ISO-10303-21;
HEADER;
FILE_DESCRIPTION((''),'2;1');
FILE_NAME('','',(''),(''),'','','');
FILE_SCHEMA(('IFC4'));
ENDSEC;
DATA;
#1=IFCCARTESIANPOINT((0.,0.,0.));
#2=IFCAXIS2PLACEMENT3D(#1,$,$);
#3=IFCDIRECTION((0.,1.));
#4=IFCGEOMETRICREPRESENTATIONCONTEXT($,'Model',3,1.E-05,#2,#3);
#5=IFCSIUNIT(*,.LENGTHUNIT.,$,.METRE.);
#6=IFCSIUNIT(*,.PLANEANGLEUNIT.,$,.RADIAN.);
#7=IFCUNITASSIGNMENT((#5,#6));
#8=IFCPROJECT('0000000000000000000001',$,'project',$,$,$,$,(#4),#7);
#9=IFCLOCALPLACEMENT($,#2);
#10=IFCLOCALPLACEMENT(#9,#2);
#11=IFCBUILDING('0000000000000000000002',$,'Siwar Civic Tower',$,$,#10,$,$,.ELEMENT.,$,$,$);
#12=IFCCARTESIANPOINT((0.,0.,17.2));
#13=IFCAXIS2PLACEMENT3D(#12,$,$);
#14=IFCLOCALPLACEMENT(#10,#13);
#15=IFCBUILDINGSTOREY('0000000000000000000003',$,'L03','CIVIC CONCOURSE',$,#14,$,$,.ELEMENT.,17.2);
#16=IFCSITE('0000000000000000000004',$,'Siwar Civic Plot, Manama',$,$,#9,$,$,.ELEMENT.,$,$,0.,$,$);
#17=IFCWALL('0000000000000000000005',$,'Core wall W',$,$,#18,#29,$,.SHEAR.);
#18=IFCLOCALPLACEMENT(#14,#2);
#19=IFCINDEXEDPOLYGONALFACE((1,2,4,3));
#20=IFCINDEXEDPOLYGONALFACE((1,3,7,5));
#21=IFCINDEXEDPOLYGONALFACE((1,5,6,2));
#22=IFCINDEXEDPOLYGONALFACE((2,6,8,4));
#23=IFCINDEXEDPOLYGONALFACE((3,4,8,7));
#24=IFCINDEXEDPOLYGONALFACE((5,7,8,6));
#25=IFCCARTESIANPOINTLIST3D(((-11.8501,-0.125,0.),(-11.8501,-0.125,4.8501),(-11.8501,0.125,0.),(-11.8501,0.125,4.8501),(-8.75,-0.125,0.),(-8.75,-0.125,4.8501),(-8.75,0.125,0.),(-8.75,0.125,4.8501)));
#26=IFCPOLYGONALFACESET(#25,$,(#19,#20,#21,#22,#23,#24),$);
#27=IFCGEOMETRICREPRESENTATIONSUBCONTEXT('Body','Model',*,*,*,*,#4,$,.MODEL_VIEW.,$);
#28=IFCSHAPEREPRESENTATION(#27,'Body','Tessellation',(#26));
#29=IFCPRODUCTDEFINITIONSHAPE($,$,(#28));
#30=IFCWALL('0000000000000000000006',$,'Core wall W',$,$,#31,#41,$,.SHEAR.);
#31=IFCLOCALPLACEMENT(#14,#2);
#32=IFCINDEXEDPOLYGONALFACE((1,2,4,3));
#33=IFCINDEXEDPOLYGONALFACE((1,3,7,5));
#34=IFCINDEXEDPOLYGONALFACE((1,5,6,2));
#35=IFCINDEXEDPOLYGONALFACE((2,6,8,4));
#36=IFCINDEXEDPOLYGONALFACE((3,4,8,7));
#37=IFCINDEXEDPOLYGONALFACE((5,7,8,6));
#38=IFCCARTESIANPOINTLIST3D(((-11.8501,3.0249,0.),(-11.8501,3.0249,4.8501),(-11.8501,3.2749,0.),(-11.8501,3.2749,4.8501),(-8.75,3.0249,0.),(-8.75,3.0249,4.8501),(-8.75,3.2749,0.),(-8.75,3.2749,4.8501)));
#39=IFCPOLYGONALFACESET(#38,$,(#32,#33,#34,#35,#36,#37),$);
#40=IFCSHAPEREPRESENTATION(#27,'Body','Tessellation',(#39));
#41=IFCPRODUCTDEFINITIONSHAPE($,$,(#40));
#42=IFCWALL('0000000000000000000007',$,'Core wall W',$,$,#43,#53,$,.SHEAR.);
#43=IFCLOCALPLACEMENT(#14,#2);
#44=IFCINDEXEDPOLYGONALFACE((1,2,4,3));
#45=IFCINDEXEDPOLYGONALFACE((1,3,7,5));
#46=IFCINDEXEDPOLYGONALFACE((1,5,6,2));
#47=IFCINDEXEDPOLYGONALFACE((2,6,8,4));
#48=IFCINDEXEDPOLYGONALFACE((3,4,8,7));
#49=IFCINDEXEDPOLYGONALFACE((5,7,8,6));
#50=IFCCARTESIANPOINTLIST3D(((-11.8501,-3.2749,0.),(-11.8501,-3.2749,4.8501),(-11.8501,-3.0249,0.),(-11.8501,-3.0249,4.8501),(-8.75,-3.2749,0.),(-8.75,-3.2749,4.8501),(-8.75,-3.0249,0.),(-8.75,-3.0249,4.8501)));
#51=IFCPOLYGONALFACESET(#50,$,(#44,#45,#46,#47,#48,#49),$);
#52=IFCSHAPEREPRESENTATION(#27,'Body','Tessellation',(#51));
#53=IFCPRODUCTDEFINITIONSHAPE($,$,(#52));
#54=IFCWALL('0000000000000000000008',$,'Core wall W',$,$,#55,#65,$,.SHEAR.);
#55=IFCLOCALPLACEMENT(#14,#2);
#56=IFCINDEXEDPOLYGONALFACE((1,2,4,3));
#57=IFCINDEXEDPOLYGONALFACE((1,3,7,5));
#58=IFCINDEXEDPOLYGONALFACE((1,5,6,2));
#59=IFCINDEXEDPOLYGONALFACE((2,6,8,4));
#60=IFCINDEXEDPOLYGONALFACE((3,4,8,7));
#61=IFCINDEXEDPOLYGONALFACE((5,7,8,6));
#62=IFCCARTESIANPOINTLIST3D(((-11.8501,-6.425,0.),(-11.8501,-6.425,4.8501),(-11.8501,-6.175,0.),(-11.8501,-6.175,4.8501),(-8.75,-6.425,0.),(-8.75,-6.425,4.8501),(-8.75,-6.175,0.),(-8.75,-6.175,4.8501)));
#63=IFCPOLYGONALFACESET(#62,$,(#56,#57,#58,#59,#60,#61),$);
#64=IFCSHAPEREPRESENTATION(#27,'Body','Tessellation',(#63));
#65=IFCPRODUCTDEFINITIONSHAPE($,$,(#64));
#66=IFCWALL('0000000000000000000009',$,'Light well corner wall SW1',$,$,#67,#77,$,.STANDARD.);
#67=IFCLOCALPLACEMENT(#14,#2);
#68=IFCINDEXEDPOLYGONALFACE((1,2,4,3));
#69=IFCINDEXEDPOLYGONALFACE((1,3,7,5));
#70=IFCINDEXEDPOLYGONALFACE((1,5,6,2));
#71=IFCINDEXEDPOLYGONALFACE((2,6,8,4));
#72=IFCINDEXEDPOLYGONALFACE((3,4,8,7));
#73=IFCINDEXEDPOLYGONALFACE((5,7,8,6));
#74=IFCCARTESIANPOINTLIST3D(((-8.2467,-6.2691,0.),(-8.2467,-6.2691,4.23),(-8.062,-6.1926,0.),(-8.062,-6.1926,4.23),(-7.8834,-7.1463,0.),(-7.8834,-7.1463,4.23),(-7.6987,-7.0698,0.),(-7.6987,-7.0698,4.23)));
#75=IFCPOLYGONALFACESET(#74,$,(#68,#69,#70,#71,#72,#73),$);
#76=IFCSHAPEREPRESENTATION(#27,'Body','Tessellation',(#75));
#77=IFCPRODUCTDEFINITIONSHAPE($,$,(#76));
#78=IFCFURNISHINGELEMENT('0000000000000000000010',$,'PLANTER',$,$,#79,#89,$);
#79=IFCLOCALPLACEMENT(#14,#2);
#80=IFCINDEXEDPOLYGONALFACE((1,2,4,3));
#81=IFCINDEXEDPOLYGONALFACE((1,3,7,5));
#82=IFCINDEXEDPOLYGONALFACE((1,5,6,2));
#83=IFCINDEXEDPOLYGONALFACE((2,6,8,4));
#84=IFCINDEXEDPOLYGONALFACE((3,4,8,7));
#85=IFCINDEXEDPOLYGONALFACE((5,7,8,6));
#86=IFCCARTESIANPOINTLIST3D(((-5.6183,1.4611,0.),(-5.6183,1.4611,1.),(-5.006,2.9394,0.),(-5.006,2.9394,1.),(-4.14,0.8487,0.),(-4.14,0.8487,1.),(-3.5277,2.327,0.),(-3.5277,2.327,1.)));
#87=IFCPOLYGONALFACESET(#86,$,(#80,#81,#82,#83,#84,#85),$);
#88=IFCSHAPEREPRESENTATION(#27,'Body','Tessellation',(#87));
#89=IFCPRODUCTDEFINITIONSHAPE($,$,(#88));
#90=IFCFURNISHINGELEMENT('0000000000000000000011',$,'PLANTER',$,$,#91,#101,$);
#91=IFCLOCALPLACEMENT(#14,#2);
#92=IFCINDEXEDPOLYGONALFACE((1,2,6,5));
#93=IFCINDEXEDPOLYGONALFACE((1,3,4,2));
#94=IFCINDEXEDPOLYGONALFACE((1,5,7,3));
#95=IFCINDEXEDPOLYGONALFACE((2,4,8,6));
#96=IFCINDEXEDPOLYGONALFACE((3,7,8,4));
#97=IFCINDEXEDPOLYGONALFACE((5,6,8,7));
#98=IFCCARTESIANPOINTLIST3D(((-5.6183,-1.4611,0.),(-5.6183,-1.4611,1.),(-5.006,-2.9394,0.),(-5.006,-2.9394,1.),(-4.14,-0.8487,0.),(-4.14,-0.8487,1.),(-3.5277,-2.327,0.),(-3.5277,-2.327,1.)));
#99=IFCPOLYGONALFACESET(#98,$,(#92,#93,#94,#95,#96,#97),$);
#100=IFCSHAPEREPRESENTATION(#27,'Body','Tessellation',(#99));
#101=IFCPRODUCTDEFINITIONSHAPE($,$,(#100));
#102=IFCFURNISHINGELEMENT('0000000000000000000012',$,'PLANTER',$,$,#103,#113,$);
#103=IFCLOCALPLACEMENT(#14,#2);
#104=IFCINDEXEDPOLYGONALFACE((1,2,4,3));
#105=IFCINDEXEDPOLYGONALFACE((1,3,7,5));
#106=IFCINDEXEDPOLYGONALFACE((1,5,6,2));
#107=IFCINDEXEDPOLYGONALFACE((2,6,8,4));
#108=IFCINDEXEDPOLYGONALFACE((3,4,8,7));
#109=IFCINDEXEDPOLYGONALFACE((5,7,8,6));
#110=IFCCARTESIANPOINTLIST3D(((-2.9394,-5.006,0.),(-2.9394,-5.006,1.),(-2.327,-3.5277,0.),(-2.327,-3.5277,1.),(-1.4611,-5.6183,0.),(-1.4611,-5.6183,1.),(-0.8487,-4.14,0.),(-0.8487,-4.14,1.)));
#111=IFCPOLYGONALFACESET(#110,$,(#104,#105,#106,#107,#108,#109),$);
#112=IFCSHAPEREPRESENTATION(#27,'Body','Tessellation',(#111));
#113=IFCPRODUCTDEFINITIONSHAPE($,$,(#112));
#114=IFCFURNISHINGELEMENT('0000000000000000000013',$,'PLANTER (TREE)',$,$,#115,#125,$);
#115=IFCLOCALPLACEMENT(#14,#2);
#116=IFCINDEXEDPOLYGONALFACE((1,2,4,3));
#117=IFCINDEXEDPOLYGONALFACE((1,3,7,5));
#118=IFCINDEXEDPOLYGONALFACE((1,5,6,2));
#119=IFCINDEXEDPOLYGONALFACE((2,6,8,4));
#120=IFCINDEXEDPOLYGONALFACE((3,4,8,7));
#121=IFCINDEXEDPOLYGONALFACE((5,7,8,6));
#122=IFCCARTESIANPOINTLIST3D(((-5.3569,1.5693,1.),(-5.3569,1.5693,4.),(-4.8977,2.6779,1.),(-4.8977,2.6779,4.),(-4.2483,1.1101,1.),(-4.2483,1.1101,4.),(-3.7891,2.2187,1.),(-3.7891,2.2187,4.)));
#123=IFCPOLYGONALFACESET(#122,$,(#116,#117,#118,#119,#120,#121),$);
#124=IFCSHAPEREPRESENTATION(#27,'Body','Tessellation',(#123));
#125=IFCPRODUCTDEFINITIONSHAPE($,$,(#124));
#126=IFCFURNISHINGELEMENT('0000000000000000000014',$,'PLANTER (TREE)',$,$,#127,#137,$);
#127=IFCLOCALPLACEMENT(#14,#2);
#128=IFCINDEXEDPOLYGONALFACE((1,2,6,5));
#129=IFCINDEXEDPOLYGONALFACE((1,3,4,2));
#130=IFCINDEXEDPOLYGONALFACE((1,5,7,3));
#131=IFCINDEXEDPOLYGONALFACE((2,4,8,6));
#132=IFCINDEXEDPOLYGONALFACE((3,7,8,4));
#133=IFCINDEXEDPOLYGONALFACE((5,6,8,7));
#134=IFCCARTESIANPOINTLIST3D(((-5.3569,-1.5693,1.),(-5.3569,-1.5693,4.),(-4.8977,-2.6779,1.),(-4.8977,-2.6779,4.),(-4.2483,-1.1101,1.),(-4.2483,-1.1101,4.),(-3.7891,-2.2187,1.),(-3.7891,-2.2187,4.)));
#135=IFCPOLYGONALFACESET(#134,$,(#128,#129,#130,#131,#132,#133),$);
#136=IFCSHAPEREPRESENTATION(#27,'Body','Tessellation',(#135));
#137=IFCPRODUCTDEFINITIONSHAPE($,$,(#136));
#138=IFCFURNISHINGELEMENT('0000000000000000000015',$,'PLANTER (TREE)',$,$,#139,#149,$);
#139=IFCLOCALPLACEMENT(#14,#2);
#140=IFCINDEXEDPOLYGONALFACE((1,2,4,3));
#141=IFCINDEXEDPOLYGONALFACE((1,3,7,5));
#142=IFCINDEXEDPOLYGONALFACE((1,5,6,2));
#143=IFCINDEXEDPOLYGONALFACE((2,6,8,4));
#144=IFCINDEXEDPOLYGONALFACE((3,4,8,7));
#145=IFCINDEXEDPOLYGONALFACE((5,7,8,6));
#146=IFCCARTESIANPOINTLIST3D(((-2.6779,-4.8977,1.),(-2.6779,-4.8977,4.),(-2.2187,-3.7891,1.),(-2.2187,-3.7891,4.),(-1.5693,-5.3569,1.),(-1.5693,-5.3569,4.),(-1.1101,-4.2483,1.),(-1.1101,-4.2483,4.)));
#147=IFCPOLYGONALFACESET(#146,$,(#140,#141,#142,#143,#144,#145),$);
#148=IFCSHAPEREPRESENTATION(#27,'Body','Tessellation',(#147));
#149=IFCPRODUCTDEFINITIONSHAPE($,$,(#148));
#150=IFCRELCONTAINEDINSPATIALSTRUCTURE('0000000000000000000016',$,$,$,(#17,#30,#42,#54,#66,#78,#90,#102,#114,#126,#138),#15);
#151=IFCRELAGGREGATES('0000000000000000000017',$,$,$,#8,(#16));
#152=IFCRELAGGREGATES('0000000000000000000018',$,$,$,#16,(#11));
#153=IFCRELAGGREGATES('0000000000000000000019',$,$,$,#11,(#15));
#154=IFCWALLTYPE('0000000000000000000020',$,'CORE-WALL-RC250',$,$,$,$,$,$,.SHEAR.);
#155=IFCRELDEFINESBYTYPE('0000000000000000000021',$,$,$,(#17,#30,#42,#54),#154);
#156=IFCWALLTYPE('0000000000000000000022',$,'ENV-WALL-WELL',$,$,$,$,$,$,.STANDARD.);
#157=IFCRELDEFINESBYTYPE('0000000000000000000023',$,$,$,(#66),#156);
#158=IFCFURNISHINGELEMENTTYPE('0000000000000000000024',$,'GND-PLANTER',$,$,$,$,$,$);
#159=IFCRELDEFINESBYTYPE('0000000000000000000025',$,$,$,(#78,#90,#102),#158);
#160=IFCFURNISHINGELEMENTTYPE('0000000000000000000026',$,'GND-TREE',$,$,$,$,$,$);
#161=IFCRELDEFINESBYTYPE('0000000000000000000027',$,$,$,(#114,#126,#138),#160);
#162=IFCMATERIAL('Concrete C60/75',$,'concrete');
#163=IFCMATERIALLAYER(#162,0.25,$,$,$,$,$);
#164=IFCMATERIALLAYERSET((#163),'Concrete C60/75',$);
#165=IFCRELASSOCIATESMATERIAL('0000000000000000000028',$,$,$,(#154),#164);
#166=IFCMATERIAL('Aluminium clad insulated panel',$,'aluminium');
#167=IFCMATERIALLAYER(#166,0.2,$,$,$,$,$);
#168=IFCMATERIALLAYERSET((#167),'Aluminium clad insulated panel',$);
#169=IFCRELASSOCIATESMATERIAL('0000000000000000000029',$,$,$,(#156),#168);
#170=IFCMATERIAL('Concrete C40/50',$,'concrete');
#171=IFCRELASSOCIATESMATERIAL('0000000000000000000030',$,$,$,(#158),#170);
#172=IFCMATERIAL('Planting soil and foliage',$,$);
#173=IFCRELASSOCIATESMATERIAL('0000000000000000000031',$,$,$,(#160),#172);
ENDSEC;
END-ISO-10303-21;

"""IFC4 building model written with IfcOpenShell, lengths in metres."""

from ifc_helpers import new_model, si_unit, direction, frame, frame_2d, origin, origin_2d, place, context, subcontext, project, spatial, rectangle, extrude, material, layer, layer_set, type_object, element, save


model = new_model("IFC4")

# Units and contexts
model_context = context("Model", 3, precision=1e-05, world=origin(), true_north=direction((0.0, 1.0)))
body_context = subcontext(model_context, "Body", "Model", "MODEL_VIEW")
ifc_project = project(units=[si_unit("LENGTHUNIT", "METRE"), si_unit("PLANEANGLEUNIT", "RADIAN")], contexts=[model_context])

# Site, building, storey
site_placement = place(None, origin())
site = spatial("IfcSite", under=ifc_project, at=site_placement, Name="Siwar Civic Plot, Manama", CompositionType="ELEMENT", RefElevation=0.0)
building_placement = place(site_placement, origin())
building = spatial("IfcBuilding", under=site, at=building_placement, Name="Siwar Civic Tower", CompositionType="ELEMENT")
storey_placement = place(building_placement, frame((0.0, 0.0, 17.2)))
storey = spatial("IfcBuildingStorey", under=building, at=storey_placement, Name="L03", Description="CIVIC CONCOURSE", CompositionType="ELEMENT", Elevation=17.2)

# Shared definitions
ifc_material_1 = material(Name="Concrete C60/75", Category="concrete")
ifc_layer_1 = layer(ifc_material_1, 0.25)
ifc_layer_set_1 = layer_set([ifc_layer_1], Name="Concrete C60/75")
wall_type_1 = type_object("IfcWallType", Name="CORE-WALL-RC250", PredefinedType="SHEAR", material=ifc_layer_set_1)

# Walls
for number, where, z_axis, x_axis, name in (
    (1, (-8.75, 0.0, 0.0), (0.0, 0.0, 1.0), (-1.0, 0.0, 0.0), "Core wall W"),
    (2, (-8.75, 3.1499, 0.0), (0.0, 0.0, 1.0), (-1.0, 0.0, 0.0), "Core wall W"),
    (3, (-8.75, -3.1499, 0.0), (0.0, 0.0, 1.0), (-1.0, 0.0, 0.0), "Core wall W"),
    (4, (-8.75, -6.3, 0.0), (0.0, 0.0, 1.0), (-1.0, 0.0, 0.0), "Core wall W"),
):
    element("IfcWall", number, at=place(storey_placement, frame(where, z_axis=z_axis, x_axis=x_axis)), inside=storey, type_object=wall_type_1, Name=name, PredefinedType="SHEAR", context=body_context, shape_type="SweptSolid", body=[
        extrude(rectangle(XDim=3.1001, YDim=0.25, at=frame_2d((1.55, 0.0))), origin(), (0.0, 0.0, 1.0), 4.8501),
    ])
ifc_material_2 = material(Name="Aluminium clad insulated panel", Category="aluminium")
ifc_layer_2 = layer(ifc_material_2, 0.2)
ifc_layer_set_2 = layer_set([ifc_layer_2], Name="Aluminium clad insulated panel")
wall_type_2 = type_object("IfcWallType", Name="ENV-WALL-WELL", PredefinedType="STANDARD", material=ifc_layer_set_2)
wall_1_placement = place(storey_placement, frame((-8.1543, -6.231, 0.0), z_axis=(0.0, 0.0, 1.0), x_axis=(0.382624, -0.923904, 0.0)))
element("IfcWall", 5, at=wall_1_placement, inside=storey, type_object=wall_type_2, Name="Light well corner wall SW1", PredefinedType="STANDARD", context=body_context, shape_type="SweptSolid", body=[
    extrude(rectangle(XDim=0.9495, YDim=0.2, at=frame_2d((0.4746, 0.0))), origin(), (0.0, 0.0, 1.0), 4.23),
])

# Furnishing elements
ifc_material_3 = material(Name="Concrete C40/50", Category="concrete")
furnishing_element_type_1 = type_object("IfcFurnishingElementType", Name="GND-PLANTER", material=ifc_material_3)
for number, where, z_axis, x_axis, name in (
    (6, (-4.573, 1.894, 0.0), (0.0, 0.0, 1.0), (-0.92388, 0.382683, 0.0), "PLANTER"),
    (7, (-4.573, -1.894, 0.0), (0.0, 0.0, 1.0), (-0.92388, -0.382683, 0.0), "PLANTER"),
    (8, (-1.894, -4.573, 0.0), (0.0, 0.0, 1.0), (-0.382683, -0.92388, 0.0), "PLANTER"),
):
    element("IfcFurnishingElement", number, at=place(storey_placement, frame(where, z_axis=z_axis, x_axis=x_axis)), inside=storey, type_object=furnishing_element_type_1, Name=name, context=body_context, shape_type="SweptSolid", body=[
        extrude(rectangle(XDim=1.6001, YDim=1.6001, at=origin_2d()), origin(), (0.0, 0.0, 1.0), 1.0),
    ])
ifc_material_4 = material(Name="Planting soil and foliage")
furnishing_element_type_2 = type_object("IfcFurnishingElementType", Name="GND-TREE", material=ifc_material_4)
for number, where, z_axis, x_axis, name in (
    (9, (-4.573, 1.894, 1.0), (0.0, 0.0, 1.0), (-0.92388, 0.382683, 0.0), "PLANTER (TREE)"),
    (10, (-4.573, -1.894, 1.0), (0.0, 0.0, 1.0), (-0.92388, -0.382683, 0.0), "PLANTER (TREE)"),
    (11, (-1.894, -4.573, 1.0), (0.0, 0.0, 1.0), (-0.382683, -0.92388, 0.0), "PLANTER (TREE)"),
):
    element("IfcFurnishingElement", number, at=place(storey_placement, frame(where, z_axis=z_axis, x_axis=x_axis)), inside=storey, type_object=furnishing_element_type_2, Name=name, context=body_context, shape_type="SweptSolid", body=[
        extrude(rectangle(XDim=1.2, YDim=1.2, at=origin_2d()), origin(), (0.0, 0.0, 1.0), 3.0),
    ])

save(model, "model.ifc")
